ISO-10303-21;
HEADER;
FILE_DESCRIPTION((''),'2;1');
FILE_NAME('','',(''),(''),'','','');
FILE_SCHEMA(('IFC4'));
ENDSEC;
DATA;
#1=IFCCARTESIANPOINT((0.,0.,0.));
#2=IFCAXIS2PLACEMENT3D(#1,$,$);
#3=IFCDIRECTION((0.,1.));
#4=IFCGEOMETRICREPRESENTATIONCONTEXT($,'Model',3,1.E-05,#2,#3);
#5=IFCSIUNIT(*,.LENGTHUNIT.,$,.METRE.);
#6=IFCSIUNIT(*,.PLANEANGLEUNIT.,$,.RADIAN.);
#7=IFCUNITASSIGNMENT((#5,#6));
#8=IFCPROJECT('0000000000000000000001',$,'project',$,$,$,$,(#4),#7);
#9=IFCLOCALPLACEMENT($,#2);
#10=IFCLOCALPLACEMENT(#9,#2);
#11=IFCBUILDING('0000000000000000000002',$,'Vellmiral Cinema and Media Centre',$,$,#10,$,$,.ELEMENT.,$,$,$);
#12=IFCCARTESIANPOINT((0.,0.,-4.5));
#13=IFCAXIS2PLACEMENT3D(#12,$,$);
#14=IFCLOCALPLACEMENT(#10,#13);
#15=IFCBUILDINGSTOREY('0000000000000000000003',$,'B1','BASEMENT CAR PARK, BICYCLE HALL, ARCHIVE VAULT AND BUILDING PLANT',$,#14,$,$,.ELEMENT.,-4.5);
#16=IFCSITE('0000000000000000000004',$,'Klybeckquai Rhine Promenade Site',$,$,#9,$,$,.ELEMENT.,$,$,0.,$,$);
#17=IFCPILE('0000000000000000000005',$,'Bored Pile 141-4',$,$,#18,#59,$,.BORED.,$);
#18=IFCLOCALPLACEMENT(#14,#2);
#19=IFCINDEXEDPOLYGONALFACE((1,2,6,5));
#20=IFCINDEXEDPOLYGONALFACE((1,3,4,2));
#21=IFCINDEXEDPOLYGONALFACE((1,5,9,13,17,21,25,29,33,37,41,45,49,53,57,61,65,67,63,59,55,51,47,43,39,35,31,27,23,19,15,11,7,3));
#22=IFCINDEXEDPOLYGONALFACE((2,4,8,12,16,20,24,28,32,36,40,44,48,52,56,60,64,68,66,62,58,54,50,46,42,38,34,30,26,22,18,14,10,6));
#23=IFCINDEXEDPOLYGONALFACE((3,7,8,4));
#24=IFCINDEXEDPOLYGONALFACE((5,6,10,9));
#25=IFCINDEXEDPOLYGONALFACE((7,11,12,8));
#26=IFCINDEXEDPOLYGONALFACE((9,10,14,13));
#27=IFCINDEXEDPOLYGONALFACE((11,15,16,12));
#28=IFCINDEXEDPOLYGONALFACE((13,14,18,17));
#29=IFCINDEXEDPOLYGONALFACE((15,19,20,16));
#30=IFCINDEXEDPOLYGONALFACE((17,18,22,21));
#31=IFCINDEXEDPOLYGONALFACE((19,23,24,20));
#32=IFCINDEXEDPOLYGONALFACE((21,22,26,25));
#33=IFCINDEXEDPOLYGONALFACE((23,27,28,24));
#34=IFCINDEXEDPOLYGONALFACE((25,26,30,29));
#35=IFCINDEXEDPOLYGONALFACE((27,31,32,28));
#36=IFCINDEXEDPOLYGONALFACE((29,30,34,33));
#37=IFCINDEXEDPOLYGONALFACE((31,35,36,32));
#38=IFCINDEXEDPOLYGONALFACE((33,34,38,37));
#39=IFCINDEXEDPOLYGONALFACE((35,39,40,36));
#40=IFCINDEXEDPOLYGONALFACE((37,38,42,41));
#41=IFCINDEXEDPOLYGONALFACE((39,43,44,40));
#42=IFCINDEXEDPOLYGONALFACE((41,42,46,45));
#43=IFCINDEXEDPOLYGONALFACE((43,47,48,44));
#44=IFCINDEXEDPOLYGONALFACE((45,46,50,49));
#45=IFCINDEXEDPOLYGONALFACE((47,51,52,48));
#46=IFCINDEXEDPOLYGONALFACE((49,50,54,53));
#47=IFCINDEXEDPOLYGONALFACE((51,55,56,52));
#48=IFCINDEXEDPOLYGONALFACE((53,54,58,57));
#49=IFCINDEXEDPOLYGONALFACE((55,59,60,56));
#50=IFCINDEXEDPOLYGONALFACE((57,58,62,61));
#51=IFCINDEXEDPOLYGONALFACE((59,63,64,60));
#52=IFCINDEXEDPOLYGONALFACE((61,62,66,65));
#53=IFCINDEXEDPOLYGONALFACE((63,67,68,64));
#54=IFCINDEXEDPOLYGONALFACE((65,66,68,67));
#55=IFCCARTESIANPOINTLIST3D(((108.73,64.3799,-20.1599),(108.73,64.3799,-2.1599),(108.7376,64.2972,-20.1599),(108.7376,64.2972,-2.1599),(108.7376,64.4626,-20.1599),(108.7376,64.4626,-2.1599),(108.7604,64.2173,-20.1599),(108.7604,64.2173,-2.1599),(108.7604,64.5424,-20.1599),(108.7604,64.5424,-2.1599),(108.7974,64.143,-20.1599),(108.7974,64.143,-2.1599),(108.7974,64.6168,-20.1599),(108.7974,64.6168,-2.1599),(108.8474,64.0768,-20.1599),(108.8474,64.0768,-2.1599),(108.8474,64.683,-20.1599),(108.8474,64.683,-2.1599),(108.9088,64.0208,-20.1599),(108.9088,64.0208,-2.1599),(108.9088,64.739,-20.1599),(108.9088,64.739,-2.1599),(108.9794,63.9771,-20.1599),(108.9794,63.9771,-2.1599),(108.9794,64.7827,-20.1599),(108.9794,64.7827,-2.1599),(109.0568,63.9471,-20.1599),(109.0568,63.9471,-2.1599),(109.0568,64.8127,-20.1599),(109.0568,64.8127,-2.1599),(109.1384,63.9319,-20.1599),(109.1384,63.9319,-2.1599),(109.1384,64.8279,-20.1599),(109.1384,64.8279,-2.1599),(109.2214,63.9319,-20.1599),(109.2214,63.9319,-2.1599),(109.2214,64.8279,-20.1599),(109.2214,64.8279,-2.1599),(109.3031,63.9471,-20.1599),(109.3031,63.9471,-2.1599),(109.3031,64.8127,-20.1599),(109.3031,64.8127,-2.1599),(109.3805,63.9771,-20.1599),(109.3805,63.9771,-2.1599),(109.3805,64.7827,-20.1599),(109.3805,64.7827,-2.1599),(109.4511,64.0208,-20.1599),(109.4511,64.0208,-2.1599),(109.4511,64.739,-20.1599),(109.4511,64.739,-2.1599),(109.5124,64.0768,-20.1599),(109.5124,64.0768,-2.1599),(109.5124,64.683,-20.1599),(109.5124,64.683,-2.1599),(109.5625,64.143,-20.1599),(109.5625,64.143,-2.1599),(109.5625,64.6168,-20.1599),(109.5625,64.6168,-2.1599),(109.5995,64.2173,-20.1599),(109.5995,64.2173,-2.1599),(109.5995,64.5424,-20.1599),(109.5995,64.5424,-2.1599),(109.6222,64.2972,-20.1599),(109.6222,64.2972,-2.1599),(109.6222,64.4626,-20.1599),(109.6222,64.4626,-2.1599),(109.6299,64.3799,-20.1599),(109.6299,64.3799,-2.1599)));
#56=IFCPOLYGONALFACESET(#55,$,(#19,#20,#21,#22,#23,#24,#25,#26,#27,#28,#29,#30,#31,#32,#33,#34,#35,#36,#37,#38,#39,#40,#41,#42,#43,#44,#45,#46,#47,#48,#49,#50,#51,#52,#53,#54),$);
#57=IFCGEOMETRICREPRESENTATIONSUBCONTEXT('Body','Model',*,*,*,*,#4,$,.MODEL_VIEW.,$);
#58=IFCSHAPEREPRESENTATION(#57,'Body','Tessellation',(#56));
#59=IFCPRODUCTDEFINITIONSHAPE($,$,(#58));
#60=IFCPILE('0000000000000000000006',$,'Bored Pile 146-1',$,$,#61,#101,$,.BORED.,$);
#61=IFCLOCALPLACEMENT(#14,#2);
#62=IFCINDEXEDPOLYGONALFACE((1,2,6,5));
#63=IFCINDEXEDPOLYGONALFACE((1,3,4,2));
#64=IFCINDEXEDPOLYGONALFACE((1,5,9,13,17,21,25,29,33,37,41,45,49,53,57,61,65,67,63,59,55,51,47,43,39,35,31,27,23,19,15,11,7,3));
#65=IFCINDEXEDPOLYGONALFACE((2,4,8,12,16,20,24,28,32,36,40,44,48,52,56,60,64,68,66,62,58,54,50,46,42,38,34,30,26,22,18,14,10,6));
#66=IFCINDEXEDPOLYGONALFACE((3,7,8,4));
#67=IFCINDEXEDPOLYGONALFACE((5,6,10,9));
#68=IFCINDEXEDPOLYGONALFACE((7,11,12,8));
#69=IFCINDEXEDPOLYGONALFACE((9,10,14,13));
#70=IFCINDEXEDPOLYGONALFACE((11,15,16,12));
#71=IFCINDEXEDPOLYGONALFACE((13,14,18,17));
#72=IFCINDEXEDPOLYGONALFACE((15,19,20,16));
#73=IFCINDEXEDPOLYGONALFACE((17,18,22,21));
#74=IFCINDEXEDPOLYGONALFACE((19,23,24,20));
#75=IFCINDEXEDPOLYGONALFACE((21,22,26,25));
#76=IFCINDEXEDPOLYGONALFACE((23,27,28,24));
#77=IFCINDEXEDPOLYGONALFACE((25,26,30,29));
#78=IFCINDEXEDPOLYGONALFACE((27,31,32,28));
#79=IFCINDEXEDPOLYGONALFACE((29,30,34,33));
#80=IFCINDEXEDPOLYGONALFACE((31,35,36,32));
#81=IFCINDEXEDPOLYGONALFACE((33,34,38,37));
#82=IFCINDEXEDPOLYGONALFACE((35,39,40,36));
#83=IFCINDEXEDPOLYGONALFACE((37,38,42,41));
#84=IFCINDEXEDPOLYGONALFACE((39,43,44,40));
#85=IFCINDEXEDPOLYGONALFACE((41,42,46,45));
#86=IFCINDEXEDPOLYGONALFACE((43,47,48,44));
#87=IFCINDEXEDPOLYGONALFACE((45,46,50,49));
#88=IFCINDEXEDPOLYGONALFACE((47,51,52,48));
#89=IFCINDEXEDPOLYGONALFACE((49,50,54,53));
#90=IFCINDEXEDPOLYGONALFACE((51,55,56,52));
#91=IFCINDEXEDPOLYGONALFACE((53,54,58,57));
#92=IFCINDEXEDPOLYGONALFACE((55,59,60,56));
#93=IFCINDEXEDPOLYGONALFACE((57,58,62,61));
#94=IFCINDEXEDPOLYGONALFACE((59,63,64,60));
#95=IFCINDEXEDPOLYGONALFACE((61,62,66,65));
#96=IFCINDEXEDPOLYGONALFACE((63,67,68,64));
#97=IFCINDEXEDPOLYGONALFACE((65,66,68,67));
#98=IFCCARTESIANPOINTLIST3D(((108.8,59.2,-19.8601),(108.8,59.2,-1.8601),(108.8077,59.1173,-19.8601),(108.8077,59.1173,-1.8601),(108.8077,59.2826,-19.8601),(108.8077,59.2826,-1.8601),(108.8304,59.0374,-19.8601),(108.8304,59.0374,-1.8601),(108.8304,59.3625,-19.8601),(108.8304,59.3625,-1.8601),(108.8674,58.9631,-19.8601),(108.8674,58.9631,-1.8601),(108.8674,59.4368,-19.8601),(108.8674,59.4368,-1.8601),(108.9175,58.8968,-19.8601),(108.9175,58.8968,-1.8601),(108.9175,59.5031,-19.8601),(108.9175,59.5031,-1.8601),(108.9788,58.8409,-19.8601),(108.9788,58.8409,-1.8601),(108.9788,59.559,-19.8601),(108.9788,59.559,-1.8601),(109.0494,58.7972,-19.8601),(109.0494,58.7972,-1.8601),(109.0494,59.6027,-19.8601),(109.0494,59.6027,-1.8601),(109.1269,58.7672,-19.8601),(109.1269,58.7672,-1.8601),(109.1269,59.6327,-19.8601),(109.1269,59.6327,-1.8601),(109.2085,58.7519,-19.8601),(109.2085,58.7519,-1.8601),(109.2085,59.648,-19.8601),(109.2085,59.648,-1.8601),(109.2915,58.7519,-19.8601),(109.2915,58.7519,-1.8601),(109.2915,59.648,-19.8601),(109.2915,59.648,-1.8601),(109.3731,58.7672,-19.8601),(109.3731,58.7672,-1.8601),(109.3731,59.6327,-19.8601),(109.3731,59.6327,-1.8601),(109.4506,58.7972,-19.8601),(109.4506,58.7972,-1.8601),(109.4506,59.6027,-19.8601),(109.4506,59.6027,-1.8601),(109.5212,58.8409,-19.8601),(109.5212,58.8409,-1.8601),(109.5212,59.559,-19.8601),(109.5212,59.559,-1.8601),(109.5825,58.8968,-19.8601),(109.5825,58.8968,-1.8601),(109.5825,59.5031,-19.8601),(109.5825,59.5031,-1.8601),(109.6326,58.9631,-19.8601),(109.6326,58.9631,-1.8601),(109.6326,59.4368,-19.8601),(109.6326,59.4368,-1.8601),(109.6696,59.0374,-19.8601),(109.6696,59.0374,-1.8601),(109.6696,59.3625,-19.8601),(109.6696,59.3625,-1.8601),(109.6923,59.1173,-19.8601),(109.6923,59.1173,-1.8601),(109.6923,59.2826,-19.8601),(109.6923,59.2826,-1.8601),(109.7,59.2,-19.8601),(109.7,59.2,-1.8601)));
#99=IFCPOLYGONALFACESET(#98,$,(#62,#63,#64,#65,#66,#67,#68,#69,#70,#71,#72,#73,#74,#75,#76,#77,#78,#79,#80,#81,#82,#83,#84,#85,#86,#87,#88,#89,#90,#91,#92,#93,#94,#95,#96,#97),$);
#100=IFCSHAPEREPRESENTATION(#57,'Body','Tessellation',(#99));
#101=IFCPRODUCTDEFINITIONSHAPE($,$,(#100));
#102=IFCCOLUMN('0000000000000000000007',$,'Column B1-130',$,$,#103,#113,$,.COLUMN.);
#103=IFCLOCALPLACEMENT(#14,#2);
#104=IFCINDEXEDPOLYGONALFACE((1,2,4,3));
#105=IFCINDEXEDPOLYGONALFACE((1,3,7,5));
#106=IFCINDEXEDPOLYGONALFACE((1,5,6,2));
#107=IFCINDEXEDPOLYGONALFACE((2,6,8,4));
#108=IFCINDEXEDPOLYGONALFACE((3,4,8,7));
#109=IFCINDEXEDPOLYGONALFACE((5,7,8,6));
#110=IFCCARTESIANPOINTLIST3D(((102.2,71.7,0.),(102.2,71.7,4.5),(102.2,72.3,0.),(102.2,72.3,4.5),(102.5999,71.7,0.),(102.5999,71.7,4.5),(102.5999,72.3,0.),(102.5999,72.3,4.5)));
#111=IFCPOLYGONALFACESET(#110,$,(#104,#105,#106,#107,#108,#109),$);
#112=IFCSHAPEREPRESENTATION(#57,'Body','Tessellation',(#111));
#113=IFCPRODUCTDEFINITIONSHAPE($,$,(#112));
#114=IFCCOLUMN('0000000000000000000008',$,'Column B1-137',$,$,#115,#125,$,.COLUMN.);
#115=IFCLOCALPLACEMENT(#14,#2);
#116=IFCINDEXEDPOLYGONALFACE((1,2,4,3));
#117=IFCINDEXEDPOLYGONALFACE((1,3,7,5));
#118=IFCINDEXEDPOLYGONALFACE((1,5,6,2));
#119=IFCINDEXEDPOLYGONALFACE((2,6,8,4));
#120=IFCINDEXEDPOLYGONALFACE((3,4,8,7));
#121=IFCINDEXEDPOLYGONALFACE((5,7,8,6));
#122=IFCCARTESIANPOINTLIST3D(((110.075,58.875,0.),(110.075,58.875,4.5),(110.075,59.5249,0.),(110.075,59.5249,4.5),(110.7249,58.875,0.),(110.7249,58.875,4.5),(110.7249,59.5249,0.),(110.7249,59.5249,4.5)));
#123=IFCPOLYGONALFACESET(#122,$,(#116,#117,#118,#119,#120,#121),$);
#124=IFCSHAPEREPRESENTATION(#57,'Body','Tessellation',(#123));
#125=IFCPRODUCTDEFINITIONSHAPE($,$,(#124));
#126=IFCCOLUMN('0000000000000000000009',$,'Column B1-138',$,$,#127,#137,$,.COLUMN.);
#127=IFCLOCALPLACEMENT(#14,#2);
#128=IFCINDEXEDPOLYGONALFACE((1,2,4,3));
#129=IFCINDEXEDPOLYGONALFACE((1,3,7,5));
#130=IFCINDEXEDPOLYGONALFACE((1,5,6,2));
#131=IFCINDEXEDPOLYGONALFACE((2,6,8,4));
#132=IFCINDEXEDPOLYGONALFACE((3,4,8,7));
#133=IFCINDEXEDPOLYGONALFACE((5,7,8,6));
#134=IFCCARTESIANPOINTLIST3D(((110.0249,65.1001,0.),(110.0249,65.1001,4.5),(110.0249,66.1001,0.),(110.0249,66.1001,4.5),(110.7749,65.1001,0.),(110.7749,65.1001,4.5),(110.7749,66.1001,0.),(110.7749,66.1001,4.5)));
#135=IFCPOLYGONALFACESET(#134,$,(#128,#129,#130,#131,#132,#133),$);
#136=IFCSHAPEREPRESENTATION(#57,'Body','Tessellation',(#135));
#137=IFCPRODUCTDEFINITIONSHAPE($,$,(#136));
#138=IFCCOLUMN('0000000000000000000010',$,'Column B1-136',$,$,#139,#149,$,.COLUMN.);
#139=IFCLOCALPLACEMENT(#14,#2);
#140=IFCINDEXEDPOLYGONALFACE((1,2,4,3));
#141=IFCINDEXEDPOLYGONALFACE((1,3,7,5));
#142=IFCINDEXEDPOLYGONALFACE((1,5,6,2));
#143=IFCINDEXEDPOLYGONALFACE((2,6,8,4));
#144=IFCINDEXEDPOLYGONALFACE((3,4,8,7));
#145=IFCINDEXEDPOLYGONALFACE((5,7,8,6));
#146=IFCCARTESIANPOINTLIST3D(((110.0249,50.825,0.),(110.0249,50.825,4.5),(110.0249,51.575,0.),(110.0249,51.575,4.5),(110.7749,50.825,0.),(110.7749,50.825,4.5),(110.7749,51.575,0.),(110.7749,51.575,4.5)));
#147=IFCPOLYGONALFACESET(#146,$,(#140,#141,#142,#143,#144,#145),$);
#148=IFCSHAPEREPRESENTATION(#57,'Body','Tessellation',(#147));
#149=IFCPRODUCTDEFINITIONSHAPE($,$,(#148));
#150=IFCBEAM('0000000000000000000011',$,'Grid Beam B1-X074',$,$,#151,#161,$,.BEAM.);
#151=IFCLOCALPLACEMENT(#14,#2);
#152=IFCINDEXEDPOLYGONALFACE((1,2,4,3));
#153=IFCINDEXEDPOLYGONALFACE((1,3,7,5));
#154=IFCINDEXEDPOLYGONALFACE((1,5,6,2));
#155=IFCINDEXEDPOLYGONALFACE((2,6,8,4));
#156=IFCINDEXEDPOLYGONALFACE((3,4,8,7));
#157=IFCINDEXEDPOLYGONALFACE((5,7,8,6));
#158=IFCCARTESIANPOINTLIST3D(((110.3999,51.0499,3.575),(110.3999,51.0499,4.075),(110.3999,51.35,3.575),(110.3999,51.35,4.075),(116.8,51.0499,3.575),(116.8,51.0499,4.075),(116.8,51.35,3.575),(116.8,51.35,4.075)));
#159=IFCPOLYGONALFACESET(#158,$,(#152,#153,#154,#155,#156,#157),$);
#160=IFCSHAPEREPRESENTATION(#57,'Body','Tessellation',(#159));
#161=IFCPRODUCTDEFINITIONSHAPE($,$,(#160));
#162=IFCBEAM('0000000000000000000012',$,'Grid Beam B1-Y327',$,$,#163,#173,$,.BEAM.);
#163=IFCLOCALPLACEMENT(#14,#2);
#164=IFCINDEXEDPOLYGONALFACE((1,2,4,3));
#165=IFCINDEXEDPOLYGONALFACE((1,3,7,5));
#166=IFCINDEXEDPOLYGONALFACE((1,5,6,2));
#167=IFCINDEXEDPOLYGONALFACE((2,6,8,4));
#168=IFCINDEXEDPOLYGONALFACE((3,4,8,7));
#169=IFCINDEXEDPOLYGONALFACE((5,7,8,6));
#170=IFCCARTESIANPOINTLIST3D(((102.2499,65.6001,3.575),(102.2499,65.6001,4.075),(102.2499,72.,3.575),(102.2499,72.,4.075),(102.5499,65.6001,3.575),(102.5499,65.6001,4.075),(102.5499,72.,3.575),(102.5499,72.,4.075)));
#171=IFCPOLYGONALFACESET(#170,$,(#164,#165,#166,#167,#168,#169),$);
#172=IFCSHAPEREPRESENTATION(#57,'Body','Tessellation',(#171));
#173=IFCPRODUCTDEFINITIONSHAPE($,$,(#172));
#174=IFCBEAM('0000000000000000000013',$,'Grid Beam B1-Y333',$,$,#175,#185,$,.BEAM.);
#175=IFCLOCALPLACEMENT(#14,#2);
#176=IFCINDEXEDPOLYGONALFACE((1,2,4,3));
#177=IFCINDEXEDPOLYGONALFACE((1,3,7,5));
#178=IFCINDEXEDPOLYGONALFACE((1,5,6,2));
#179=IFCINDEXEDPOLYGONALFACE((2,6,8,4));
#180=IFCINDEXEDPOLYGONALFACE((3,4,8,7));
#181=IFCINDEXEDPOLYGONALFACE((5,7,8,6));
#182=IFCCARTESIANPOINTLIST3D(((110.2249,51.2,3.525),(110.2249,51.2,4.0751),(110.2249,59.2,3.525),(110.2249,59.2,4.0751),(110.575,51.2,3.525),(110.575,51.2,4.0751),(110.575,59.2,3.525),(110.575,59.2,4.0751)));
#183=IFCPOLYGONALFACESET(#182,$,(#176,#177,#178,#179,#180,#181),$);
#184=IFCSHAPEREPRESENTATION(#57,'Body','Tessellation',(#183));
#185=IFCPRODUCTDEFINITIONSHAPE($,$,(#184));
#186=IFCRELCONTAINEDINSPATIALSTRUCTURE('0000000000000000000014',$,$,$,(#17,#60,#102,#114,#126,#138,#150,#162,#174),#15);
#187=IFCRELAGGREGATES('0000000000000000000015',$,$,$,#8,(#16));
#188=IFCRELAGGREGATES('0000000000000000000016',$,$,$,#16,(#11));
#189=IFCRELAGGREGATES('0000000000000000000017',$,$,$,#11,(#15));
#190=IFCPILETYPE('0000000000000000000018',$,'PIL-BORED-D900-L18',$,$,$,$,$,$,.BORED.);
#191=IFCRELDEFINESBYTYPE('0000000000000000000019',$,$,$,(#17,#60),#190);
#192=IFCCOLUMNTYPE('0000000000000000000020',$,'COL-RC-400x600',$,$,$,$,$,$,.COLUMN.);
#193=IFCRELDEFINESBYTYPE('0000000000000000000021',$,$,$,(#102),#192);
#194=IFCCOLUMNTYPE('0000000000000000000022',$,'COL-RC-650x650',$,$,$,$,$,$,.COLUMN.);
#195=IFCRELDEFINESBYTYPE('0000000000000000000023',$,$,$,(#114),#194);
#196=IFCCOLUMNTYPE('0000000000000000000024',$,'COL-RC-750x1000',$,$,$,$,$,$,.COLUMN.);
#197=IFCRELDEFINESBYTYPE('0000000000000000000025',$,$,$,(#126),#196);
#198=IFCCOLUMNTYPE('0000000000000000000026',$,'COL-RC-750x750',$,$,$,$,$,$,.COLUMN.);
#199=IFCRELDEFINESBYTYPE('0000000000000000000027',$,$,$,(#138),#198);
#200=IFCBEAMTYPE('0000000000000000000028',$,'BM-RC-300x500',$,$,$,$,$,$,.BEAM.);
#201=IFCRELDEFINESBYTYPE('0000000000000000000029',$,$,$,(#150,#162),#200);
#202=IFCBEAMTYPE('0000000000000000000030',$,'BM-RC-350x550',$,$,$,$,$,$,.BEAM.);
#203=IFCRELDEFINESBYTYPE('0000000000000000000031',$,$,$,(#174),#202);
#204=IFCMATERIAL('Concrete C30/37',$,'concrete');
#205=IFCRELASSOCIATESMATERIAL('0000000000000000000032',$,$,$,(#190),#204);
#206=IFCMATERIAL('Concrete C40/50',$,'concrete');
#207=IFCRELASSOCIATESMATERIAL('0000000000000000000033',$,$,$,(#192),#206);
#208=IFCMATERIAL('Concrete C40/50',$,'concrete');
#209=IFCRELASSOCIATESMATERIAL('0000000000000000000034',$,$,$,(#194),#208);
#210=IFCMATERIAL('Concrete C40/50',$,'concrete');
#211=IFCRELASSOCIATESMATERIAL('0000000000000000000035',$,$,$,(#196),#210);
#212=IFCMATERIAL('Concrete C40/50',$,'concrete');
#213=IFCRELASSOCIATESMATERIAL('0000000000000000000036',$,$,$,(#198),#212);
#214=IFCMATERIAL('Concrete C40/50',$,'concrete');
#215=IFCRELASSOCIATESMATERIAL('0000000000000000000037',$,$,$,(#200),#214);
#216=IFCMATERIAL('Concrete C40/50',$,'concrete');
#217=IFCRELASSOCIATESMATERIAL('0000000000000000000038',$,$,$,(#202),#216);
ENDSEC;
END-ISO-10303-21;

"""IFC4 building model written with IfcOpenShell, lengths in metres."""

from ifc_helpers import new_model, si_unit, direction, frame, origin, origin_2d, place, context, subcontext, project, spatial, rectangle, circle, extrude, material, material_profile, profile_set, type_object, element, save


model = new_model("IFC4")

# Units and contexts
model_context = context("Model", 3, precision=1e-05, world=origin(), true_north=direction((0.0, 1.0)))
body_context = subcontext(model_context, "Body", "Model", "MODEL_VIEW")
ifc_project = project(units=[si_unit("LENGTHUNIT", "METRE"), si_unit("PLANEANGLEUNIT", "RADIAN")], contexts=[model_context])

# Site, building, storey
site_placement = place(None, origin())
site = spatial("IfcSite", under=ifc_project, at=site_placement, Name="Klybeckquai Rhine Promenade Site", CompositionType="ELEMENT", RefElevation=0.0)
building_placement = place(site_placement, origin())
building = spatial("IfcBuilding", under=site, at=building_placement, Name="Vellmiral Cinema and Media Centre", CompositionType="ELEMENT")
storey_placement = place(building_placement, frame((0.0, 0.0, -4.5)))
storey = spatial("IfcBuildingStorey", under=building, at=storey_placement, Name="B1", Description="BASEMENT CAR PARK, BICYCLE HALL, ARCHIVE VAULT AND BUILDING PLANT", CompositionType="ELEMENT", Elevation=-4.5)

# Piles
ifc_material_1 = material(Name="Concrete C30/37", Category="concrete")
ifc_material_profile_1 = material_profile(ifc_material_1, circle(Radius=0.45, at=origin_2d()), Name="PILE D900")
ifc_profile_set_1 = profile_set([ifc_material_profile_1], Name="Concrete C30/37")
pile_type_1 = type_object("IfcPileType", Name="PIL-BORED-D900-L18", PredefinedType="BORED", material=ifc_profile_set_1)
for number, where, z_axis, x_axis, name in (
    (1, (109.1799, 64.3799, -2.1599), (0.0, 0.0, -1.0), (1.0, 0.0, 0.0), "Bored Pile 141-4"),
    (2, (109.25, 59.2, -1.8601), (0.0, 0.0, -1.0), (1.0, 0.0, 0.0), "Bored Pile 146-1"),
):
    element("IfcPile", number, at=place(storey_placement, frame(where, z_axis=z_axis, x_axis=x_axis)), inside=storey, type_object=pile_type_1, Name=name, PredefinedType="BORED", context=body_context, shape_type="SweptSolid", body=[
        extrude(circle(Radius=0.45, at=origin_2d()), origin(), (0.0, 0.0, 1.0), 18.0),
    ])

# Columns
ifc_material_2 = material(Name="Concrete C40/50", Category="concrete")
ifc_material_profile_2 = material_profile(ifc_material_2, rectangle(XDim=0.3999, YDim=0.6001, at=origin_2d()), Name="RC 400x600")
ifc_profile_set_2 = profile_set([ifc_material_profile_2], Name="Concrete C40/50")
column_type_1 = type_object("IfcColumnType", Name="COL-RC-400x600", PredefinedType="COLUMN", material=ifc_profile_set_2)
column_1_placement = place(storey_placement, frame((102.3999, 72.0, 0.0), z_axis=(0.0, 0.0, 1.0), x_axis=(1.0, 0.0, 0.0)))
element("IfcColumn", 3, at=column_1_placement, inside=storey, type_object=column_type_1, Name="Column B1-130", PredefinedType="COLUMN", context=body_context, shape_type="SweptSolid", body=[
    extrude(rectangle(XDim=0.3999, YDim=0.6001, at=origin_2d()), origin(), (0.0, 0.0, 1.0), 4.5),
])
ifc_material_3 = material(Name="Concrete C40/50", Category="concrete")
ifc_material_profile_3 = material_profile(ifc_material_3, rectangle(XDim=0.6499, YDim=0.6499, at=origin_2d()), Name="RC 650x650")
ifc_profile_set_3 = profile_set([ifc_material_profile_3], Name="Concrete C40/50")
column_type_2 = type_object("IfcColumnType", Name="COL-RC-650x650", PredefinedType="COLUMN", material=ifc_profile_set_3)
column_2_placement = place(storey_placement, frame((110.3999, 59.2, 0.0), z_axis=(0.0, 0.0, 1.0), x_axis=(1.0, 0.0, 0.0)))
element("IfcColumn", 4, at=column_2_placement, inside=storey, type_object=column_type_2, Name="Column B1-137", PredefinedType="COLUMN", context=body_context, shape_type="SweptSolid", body=[
    extrude(rectangle(XDim=0.6499, YDim=0.6499, at=origin_2d()), origin(), (0.0, 0.0, 1.0), 4.5),
])
ifc_material_4 = material(Name="Concrete C40/50", Category="concrete")
ifc_material_profile_4 = material_profile(ifc_material_4, rectangle(XDim=0.75, YDim=1.0, at=origin_2d()), Name="RC 750x1000")
ifc_profile_set_4 = profile_set([ifc_material_profile_4], Name="Concrete C40/50")
column_type_3 = type_object("IfcColumnType", Name="COL-RC-750x1000", PredefinedType="COLUMN", material=ifc_profile_set_4)
column_3_placement = place(storey_placement, frame((110.3999, 65.6001, 0.0), z_axis=(0.0, 0.0, 1.0), x_axis=(1.0, 0.0, 0.0)))
element("IfcColumn", 5, at=column_3_placement, inside=storey, type_object=column_type_3, Name="Column B1-138", PredefinedType="COLUMN", context=body_context, shape_type="SweptSolid", body=[
    extrude(rectangle(XDim=0.75, YDim=1.0, at=origin_2d()), origin(), (0.0, 0.0, 1.0), 4.5),
])
ifc_material_5 = material(Name="Concrete C40/50", Category="concrete")
ifc_material_profile_5 = material_profile(ifc_material_5, rectangle(XDim=0.75, YDim=0.75, at=origin_2d()), Name="RC 750x750")
ifc_profile_set_5 = profile_set([ifc_material_profile_5], Name="Concrete C40/50")
column_type_4 = type_object("IfcColumnType", Name="COL-RC-750x750", PredefinedType="COLUMN", material=ifc_profile_set_5)
column_4_placement = place(storey_placement, frame((110.3999, 51.2, 0.0), z_axis=(0.0, 0.0, 1.0), x_axis=(1.0, 0.0, 0.0)))
element("IfcColumn", 6, at=column_4_placement, inside=storey, type_object=column_type_4, Name="Column B1-136", PredefinedType="COLUMN", context=body_context, shape_type="SweptSolid", body=[
    extrude(rectangle(XDim=0.75, YDim=0.75, at=origin_2d()), origin(), (0.0, 0.0, 1.0), 4.5),
])

# Beams
ifc_material_6 = material(Name="Concrete C40/50", Category="concrete")
ifc_material_profile_6 = material_profile(ifc_material_6, rectangle(XDim=0.3, YDim=0.5, at=origin_2d()), Name="RC 300x500")
ifc_profile_set_6 = profile_set([ifc_material_profile_6], Name="Concrete C40/50")
beam_type_1 = type_object("IfcBeamType", Name="BM-RC-300x500", PredefinedType="BEAM", material=ifc_profile_set_6)
beam_1_placement = place(storey_placement, frame((110.3999, 51.2, 3.825), z_axis=(1.0, 0.0, 0.0), x_axis=(0.0, 1.0, 0.0)))
element("IfcBeam", 7, at=beam_1_placement, inside=storey, type_object=beam_type_1, Name="Grid Beam B1-X074", PredefinedType="BEAM", context=body_context, shape_type="SweptSolid", body=[
    extrude(rectangle(XDim=0.3, YDim=0.5, at=origin_2d()), origin(), (0.0, 0.0, 1.0), 6.4001),
])
beam_2_placement = place(storey_placement, frame((102.3999, 65.6001, 3.825), z_axis=(0.0, 1.0, 0.0), x_axis=(-1.0, 0.0, 0.0)))
element("IfcBeam", 8, at=beam_2_placement, inside=storey, type_object=beam_type_1, Name="Grid Beam B1-Y327", PredefinedType="BEAM", context=body_context, shape_type="SweptSolid", body=[
    extrude(rectangle(XDim=0.3, YDim=0.5, at=origin_2d()), origin(), (0.0, 0.0, 1.0), 6.3999),
])
ifc_material_7 = material(Name="Concrete C40/50", Category="concrete")
ifc_material_profile_7 = material_profile(ifc_material_7, rectangle(XDim=0.3501, YDim=0.55, at=origin_2d()), Name="RC 350x550")
ifc_profile_set_7 = profile_set([ifc_material_profile_7], Name="Concrete C40/50")
beam_type_2 = type_object("IfcBeamType", Name="BM-RC-350x550", PredefinedType="BEAM", material=ifc_profile_set_7)
beam_3_placement = place(storey_placement, frame((110.3999, 51.2, 3.8), z_axis=(0.0, 1.0, 0.0), x_axis=(-1.0, 0.0, 0.0)))
element("IfcBeam", 9, at=beam_3_placement, inside=storey, type_object=beam_type_2, Name="Grid Beam B1-Y333", PredefinedType="BEAM", context=body_context, shape_type="SweptSolid", body=[
    extrude(rectangle(XDim=0.3501, YDim=0.55, at=origin_2d()), origin(), (0.0, 0.0, 1.0), 8.0),
])

save(model, "model.ifc")
